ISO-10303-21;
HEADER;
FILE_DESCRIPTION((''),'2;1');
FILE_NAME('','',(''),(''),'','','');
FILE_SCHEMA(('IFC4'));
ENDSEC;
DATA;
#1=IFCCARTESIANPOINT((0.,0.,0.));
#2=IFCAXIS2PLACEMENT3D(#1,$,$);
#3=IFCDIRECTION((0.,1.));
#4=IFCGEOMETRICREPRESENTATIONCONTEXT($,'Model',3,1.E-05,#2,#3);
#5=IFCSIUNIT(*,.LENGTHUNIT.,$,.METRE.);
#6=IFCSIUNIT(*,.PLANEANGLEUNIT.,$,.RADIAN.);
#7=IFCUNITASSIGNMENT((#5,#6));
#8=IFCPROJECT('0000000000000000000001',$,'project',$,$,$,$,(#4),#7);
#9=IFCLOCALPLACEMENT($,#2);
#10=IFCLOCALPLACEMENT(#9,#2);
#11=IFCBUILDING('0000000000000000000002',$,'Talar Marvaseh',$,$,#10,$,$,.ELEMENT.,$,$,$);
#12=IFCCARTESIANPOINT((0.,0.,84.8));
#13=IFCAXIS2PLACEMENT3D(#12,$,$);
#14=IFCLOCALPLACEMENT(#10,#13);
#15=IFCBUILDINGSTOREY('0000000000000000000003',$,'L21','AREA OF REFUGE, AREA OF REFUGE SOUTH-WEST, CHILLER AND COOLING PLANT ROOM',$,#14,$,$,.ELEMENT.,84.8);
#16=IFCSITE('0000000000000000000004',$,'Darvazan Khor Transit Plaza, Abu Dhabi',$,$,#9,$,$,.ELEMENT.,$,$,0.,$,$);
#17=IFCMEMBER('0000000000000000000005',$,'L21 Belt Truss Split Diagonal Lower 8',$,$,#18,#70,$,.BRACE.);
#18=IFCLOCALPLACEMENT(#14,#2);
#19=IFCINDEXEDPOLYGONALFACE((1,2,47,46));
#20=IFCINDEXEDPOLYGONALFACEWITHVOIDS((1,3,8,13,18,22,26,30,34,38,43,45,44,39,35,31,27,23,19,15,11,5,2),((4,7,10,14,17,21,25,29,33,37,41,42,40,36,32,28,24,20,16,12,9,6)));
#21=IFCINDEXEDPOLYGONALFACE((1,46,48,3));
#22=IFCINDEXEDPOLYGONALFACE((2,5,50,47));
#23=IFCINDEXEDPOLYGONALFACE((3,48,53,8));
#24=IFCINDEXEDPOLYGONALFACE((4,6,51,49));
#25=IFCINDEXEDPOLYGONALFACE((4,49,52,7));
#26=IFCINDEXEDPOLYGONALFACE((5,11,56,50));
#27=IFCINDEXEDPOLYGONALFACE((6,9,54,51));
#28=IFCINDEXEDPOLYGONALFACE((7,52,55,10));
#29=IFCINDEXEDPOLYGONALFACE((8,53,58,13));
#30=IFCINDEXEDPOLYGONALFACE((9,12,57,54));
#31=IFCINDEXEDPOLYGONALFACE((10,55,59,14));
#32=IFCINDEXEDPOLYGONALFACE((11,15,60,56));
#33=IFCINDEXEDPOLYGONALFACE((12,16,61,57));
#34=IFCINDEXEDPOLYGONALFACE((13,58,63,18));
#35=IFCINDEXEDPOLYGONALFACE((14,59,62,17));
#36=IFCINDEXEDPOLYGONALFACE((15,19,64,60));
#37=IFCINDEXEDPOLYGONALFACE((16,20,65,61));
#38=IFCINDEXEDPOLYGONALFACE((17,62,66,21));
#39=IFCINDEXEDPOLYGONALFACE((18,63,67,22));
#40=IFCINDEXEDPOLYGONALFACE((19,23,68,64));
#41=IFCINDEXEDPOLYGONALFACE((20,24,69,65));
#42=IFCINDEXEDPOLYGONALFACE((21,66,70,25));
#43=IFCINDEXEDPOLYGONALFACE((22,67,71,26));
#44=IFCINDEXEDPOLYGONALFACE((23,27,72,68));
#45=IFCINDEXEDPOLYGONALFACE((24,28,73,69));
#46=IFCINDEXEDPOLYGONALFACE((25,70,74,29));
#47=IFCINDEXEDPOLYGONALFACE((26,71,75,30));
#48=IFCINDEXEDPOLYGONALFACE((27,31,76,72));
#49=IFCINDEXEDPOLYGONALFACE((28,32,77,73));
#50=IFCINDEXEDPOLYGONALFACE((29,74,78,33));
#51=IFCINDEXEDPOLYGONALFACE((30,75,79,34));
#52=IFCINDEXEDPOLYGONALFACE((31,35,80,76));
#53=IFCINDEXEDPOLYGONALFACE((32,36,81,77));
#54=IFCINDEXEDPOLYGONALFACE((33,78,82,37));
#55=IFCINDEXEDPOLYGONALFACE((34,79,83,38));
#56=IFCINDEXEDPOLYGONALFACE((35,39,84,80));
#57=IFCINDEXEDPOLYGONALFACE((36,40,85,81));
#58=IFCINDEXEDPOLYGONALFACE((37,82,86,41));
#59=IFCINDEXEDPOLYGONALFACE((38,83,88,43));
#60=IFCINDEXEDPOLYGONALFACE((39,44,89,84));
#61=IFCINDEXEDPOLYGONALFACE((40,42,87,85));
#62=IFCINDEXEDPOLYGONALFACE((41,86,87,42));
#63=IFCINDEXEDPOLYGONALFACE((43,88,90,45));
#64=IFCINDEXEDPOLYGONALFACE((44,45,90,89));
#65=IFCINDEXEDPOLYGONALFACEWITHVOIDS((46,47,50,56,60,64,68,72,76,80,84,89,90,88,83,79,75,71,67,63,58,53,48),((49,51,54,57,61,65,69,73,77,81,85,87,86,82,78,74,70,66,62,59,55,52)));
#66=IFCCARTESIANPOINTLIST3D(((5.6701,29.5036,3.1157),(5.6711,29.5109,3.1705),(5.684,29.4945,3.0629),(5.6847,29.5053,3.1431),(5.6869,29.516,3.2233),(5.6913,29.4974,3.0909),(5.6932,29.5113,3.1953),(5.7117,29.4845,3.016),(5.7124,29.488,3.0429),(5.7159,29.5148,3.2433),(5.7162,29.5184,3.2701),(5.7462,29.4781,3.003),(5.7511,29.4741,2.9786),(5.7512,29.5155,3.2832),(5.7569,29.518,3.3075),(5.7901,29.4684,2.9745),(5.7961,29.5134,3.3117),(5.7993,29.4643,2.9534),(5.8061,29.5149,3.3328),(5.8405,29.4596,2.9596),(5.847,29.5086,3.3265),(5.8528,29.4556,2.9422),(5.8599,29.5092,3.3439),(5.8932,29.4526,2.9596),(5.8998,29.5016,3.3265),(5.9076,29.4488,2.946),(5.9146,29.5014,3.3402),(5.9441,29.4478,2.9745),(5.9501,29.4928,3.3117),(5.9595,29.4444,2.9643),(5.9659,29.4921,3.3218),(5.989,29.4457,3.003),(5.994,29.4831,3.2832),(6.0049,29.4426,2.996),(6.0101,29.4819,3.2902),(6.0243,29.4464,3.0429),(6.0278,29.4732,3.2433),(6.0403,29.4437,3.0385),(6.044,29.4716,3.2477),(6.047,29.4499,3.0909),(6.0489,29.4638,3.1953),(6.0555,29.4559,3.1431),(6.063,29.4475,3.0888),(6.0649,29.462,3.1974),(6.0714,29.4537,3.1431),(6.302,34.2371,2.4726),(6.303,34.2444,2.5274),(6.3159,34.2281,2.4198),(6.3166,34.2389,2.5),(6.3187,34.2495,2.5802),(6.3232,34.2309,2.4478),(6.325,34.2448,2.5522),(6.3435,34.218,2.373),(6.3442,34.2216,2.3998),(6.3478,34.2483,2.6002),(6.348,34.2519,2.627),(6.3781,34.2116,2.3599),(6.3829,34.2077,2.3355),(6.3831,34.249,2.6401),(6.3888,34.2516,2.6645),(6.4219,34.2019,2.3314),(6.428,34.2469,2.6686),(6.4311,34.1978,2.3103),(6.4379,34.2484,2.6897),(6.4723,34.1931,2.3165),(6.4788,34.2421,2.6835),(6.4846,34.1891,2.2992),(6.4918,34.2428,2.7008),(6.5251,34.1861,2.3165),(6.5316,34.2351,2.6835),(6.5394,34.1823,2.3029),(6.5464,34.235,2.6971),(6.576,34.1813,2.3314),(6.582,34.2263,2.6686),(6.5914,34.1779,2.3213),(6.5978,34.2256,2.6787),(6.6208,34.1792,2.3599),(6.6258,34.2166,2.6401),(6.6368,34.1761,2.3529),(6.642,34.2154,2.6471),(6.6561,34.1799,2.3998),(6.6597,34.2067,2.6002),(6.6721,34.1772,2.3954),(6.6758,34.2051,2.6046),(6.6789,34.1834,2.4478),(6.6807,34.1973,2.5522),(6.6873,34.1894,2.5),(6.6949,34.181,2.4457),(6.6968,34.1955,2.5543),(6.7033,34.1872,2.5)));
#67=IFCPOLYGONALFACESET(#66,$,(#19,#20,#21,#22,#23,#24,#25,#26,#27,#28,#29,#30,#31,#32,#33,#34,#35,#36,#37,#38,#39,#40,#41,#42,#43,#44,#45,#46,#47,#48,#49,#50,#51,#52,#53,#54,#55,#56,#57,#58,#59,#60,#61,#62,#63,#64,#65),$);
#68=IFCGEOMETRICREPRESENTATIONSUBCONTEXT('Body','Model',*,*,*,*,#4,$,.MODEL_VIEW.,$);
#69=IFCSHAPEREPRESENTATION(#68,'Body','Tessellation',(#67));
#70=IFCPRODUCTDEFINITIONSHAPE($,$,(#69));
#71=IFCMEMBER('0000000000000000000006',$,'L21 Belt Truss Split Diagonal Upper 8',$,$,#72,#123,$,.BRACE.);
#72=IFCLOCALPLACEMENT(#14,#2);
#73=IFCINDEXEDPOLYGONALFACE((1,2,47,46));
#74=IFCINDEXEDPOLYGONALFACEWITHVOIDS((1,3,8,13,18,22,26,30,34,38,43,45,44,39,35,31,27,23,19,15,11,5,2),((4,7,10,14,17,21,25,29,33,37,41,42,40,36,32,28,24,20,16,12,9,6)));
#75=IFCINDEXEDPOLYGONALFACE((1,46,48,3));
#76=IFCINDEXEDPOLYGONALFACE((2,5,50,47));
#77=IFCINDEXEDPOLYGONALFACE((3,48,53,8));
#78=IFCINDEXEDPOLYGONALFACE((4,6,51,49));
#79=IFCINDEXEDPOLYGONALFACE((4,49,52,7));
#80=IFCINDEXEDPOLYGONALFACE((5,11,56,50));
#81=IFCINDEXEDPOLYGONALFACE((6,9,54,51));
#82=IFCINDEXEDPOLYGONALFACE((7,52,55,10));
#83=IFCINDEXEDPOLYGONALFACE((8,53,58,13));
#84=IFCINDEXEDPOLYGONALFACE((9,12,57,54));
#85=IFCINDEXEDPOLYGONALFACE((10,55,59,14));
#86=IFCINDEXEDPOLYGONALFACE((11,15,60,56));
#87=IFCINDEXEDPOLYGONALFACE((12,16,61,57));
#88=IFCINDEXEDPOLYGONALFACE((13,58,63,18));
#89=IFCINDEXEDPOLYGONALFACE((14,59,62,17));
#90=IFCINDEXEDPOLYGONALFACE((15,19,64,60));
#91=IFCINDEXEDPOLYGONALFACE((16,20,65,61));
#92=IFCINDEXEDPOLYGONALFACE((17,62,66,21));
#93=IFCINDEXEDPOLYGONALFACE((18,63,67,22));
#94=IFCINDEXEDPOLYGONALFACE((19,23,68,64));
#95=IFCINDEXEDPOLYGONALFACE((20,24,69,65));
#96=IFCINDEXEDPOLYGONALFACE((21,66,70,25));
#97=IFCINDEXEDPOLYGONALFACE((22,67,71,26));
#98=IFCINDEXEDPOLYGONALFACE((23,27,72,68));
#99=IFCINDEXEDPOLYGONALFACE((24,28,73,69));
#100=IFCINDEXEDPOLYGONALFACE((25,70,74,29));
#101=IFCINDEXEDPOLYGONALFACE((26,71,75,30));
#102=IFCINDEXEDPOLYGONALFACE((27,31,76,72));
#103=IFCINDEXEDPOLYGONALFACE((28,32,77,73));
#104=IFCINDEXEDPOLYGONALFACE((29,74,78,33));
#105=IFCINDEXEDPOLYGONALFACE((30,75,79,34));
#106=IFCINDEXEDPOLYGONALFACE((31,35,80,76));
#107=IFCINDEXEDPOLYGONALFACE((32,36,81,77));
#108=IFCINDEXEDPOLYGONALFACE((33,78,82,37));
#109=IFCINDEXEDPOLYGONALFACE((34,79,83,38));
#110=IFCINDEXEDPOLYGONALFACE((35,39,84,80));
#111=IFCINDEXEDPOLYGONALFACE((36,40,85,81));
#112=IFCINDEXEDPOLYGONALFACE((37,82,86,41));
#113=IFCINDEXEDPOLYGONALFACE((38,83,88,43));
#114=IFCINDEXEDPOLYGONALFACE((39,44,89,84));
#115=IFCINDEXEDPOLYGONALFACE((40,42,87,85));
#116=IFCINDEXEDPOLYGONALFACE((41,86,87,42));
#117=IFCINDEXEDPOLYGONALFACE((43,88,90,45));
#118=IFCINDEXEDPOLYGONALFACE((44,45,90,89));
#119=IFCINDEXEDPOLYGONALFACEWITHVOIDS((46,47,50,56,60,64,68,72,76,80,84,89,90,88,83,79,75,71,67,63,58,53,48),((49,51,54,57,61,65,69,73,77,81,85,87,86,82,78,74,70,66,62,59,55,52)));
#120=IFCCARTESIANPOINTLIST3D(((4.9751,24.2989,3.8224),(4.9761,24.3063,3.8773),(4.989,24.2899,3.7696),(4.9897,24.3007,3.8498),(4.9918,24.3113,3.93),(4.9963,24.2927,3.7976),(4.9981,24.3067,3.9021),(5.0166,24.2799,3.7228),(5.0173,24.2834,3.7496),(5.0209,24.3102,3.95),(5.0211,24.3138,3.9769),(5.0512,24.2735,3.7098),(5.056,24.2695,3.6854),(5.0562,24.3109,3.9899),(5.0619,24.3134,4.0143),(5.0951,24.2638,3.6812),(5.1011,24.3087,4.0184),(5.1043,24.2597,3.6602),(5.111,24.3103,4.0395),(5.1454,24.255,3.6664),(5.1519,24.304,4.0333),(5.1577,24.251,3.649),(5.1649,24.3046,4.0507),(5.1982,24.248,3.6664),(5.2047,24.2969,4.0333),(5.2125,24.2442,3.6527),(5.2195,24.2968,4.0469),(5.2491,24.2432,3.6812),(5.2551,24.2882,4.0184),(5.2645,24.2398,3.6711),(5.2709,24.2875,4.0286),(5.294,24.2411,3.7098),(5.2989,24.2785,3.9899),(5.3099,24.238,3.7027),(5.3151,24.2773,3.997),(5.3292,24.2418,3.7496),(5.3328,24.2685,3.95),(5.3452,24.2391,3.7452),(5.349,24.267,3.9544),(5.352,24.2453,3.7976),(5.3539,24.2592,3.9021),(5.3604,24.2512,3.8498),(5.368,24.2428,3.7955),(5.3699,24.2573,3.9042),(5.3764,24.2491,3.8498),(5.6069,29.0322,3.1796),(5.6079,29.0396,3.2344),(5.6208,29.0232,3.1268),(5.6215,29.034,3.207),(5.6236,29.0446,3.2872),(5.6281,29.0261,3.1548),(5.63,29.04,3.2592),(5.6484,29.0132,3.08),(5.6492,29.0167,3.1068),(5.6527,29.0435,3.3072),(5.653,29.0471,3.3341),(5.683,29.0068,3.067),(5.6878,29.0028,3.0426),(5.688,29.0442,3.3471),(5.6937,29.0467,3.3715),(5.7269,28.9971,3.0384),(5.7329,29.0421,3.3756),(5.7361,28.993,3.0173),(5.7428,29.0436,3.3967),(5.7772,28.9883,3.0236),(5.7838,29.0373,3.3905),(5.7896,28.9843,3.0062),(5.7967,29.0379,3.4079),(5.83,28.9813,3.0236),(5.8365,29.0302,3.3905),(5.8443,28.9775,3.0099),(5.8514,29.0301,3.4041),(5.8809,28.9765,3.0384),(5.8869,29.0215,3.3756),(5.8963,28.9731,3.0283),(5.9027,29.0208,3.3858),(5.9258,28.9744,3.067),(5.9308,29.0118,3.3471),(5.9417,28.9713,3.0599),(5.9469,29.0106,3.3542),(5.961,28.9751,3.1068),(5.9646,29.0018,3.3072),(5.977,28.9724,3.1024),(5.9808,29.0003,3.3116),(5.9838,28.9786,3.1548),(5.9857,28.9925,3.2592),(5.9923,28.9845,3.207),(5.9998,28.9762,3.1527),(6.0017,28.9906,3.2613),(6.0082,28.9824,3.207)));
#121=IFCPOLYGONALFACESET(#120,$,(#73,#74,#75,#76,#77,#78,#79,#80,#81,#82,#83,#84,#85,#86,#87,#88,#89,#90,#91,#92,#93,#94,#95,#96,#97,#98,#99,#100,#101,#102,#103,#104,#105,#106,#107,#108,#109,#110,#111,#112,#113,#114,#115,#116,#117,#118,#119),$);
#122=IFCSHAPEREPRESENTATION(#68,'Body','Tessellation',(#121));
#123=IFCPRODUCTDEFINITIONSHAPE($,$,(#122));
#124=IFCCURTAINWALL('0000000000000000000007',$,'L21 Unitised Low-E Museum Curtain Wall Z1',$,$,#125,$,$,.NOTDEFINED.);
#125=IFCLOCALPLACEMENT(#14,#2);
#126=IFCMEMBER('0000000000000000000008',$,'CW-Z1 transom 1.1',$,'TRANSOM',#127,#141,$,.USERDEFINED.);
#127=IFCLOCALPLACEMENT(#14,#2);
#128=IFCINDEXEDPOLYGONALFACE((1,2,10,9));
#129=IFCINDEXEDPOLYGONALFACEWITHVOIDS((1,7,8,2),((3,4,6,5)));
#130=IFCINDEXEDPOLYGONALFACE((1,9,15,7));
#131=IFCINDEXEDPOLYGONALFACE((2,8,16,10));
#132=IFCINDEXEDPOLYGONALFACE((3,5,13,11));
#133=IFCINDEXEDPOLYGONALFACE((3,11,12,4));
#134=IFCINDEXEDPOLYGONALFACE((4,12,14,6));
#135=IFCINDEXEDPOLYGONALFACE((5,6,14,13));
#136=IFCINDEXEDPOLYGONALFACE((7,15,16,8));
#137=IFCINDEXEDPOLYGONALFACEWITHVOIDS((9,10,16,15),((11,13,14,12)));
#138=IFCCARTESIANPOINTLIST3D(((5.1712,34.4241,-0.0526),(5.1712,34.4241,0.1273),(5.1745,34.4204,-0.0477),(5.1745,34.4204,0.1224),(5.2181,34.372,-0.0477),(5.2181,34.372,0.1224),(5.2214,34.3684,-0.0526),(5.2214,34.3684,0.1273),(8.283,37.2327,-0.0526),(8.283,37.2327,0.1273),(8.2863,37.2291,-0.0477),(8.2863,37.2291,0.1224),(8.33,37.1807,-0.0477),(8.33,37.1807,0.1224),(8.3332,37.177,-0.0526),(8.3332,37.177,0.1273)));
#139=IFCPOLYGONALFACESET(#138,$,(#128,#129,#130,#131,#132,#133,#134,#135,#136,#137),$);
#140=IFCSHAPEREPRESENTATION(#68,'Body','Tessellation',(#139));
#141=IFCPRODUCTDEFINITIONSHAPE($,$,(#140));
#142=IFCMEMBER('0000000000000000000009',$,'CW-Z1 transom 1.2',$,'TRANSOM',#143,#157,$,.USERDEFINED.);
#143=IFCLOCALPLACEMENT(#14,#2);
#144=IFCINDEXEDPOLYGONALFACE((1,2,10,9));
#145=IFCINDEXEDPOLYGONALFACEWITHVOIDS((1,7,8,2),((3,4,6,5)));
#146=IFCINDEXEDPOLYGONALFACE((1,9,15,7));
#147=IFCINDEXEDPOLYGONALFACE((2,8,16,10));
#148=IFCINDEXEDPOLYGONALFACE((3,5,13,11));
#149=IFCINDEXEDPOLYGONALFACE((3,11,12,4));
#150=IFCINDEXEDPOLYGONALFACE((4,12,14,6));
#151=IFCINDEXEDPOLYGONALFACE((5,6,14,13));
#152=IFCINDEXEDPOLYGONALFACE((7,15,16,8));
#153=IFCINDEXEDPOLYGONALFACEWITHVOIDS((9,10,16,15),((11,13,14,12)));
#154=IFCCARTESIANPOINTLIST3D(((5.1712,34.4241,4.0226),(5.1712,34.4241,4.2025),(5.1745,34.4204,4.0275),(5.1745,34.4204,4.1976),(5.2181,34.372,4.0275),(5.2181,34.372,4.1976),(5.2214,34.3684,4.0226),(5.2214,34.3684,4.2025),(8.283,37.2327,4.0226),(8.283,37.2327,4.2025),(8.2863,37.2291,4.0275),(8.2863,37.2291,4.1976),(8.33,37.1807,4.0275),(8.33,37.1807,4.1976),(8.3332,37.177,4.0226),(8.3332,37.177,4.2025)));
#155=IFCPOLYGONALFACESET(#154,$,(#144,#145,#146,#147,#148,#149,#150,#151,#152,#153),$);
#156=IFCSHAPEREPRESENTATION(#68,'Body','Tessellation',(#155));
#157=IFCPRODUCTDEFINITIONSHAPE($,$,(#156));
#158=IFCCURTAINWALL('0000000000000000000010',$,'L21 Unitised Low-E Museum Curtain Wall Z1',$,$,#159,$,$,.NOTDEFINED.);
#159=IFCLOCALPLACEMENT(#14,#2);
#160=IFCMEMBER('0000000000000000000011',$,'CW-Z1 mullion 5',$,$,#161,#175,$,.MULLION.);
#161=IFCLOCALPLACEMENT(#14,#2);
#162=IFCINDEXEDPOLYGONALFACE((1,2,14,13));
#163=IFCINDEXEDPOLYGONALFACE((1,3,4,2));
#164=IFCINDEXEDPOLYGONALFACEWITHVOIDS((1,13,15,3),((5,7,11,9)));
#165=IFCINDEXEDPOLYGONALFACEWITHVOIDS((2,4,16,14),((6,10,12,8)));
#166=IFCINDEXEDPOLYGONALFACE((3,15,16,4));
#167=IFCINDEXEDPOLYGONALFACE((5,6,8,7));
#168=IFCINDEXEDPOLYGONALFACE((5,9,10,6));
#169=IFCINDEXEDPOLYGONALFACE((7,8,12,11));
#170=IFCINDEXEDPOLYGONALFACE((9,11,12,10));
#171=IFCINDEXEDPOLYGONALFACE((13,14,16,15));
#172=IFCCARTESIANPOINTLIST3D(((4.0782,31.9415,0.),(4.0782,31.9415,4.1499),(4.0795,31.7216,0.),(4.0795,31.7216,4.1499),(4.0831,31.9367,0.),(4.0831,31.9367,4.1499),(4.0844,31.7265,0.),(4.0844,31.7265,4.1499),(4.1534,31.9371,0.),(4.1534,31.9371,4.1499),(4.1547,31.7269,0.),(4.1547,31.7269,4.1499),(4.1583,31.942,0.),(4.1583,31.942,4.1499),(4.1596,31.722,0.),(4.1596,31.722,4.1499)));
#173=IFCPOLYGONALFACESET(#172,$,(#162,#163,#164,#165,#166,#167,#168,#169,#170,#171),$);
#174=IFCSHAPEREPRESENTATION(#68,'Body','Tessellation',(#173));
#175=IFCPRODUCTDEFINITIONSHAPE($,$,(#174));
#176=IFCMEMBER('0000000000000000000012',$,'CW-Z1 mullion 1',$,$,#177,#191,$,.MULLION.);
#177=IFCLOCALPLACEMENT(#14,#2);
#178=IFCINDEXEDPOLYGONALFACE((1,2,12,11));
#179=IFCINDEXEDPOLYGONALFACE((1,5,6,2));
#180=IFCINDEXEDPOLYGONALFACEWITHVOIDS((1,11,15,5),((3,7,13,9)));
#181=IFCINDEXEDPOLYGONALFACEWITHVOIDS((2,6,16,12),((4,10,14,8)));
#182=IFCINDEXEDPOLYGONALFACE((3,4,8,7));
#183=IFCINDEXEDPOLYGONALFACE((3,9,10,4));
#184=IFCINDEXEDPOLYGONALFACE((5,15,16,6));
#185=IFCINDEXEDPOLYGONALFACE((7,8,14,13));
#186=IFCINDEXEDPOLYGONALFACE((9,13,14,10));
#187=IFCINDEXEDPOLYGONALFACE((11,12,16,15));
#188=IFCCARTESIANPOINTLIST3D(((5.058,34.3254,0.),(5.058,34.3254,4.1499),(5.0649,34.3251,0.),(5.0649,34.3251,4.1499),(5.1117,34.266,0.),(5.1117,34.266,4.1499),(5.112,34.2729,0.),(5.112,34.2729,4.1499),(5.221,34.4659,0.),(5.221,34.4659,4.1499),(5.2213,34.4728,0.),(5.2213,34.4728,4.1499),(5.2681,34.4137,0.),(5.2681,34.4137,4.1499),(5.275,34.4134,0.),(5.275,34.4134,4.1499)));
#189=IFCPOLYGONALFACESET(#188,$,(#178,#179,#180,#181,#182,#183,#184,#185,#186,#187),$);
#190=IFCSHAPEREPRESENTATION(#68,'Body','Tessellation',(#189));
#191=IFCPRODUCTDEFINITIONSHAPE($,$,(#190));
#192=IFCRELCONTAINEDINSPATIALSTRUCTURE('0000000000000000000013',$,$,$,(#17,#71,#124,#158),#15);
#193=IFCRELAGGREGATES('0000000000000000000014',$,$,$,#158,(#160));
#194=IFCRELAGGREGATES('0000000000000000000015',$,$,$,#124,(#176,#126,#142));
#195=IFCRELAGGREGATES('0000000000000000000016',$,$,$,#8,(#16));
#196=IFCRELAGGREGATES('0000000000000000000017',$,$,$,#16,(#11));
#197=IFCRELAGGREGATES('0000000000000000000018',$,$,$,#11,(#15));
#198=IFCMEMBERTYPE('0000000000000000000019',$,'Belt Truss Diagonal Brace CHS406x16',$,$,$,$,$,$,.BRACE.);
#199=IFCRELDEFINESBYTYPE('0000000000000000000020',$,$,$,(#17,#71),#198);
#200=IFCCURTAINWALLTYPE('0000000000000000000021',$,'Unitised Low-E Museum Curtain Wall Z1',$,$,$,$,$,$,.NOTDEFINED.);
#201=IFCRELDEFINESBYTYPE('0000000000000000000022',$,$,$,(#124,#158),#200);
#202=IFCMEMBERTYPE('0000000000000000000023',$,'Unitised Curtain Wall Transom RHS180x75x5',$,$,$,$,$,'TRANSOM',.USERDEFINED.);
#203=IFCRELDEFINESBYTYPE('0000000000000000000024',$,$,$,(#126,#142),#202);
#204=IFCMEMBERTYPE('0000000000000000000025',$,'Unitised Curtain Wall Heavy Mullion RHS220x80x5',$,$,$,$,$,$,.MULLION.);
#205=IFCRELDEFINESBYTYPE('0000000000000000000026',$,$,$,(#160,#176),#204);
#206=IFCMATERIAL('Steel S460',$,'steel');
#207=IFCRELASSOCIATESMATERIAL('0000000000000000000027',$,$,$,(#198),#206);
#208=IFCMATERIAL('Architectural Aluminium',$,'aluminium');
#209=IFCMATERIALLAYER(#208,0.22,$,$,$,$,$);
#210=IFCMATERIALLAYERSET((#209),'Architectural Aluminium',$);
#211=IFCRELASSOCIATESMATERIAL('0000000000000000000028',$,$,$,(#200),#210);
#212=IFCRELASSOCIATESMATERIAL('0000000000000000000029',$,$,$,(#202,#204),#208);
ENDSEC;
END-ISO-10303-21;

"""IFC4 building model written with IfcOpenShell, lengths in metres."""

from ifc_helpers import new_model, si_unit, direction, frame, origin, origin_2d, place, context, subcontext, project, spatial, hollow_rectangle, hollow_circle, extrude, source, transform, mapped, material, layer, layer_set, material_profile, profile_set, type_object, type_shapes, element, aggregate, save


model = new_model("IFC4")

# Units and contexts
model_context = context("Model", 3, precision=1e-05, world=origin(), true_north=direction((0.0, 1.0)))
body_context = subcontext(model_context, "Body", "Model", "MODEL_VIEW")
ifc_project = project(units=[si_unit("LENGTHUNIT", "METRE"), si_unit("PLANEANGLEUNIT", "RADIAN")], contexts=[model_context])

# Site, building, storey
site_placement = place(None, origin())
site = spatial("IfcSite", under=ifc_project, at=site_placement, Name="Darvazan Khor Transit Plaza, Abu Dhabi", CompositionType="ELEMENT", RefElevation=0.0)
building_placement = place(site_placement, origin())
building = spatial("IfcBuilding", under=site, at=building_placement, Name="Talar Marvaseh", CompositionType="ELEMENT")
storey_placement = place(building_placement, frame((0.0, 0.0, 84.8)))
storey = spatial("IfcBuildingStorey", under=building, at=storey_placement, Name="L21", Description="AREA OF REFUGE, AREA OF REFUGE SOUTH-WEST, CHILLER AND COOLING PLANT ROOM", CompositionType="ELEMENT", Elevation=84.8)

# Shared definitions
ifc_material_1 = material(Name="Steel S460", Category="steel")

# Members
ifc_material_profile_1 = material_profile(ifc_material_1, hollow_circle(Radius=0.2031, WallThickness=0.0161, at=origin_2d()), Name="CHS406x16")
ifc_profile_set_1 = profile_set([ifc_material_profile_1], Name="Steel S460")
member_type_1 = type_object("IfcMemberType", Name="Belt Truss Diagonal Brace CHS406x16", PredefinedType="BRACE", material=ifc_profile_set_1)
shared_shape_1 = source(origin(), body_context, "Body", "SweptSolid", [
    extrude(hollow_circle(Radius=0.2031, WallThickness=0.0161, at=origin_2d()), origin(), (0.0, 0.0, 1.0), 4.8186),
])
member_1_placement = place(storey_placement, frame((6.502, 34.2141, 2.5), z_axis=(-0.131127, -0.982341, 0.133458), x_axis=(0.991208, -0.132311, 0.0)))
element("IfcMember", 1, at=member_1_placement, inside=storey, type_object=member_type_1, Name="L21 Belt Truss Split Diagonal Lower 8", PredefinedType="BRACE", context=body_context, shape_type="MappedRepresentation", body=[
    mapped(shared_shape_1, transform((0.0, 0.0, 0.0), x_axis=(1.0, 0.0, 0.0), y_axis=(0.0, 1.0, 0.0), z_axis=(0.0, 0.0, 1.0), scale=1.0)),
])
shared_shape_2 = source(origin(), body_context, "Body", "SweptSolid", [
    extrude(hollow_circle(Radius=0.2031, WallThickness=0.0161, at=origin_2d()), origin(), (0.0, 0.0, 1.0), 4.8184),
])
member_2_placement = place(storey_placement, frame((5.8069, 29.0093, 3.207), z_axis=(-0.131128, -0.982348, 0.133408), x_axis=(0.991208, -0.132311, 0.0)))
element("IfcMember", 2, at=member_2_placement, inside=storey, type_object=member_type_1, Name="L21 Belt Truss Split Diagonal Upper 8", PredefinedType="BRACE", context=body_context, shape_type="MappedRepresentation", body=[
    mapped(shared_shape_2, transform((0.0, 0.0, 0.0), x_axis=(1.0, 0.0, 0.0), y_axis=(0.0, 1.0, 0.0), z_axis=(0.0, 0.0, 1.0), scale=1.0)),
])

# Curtain wall, members
ifc_material_2 = material(Name="Architectural Aluminium", Category="aluminium")
ifc_layer_1 = layer(ifc_material_2, 0.22)
ifc_layer_set_1 = layer_set([ifc_layer_1], Name="Architectural Aluminium")
curtain_wall_type = type_object("IfcCurtainWallType", Name="Unitised Low-E Museum Curtain Wall Z1", PredefinedType="NOTDEFINED", material=ifc_layer_set_1)
curtain_wall_1_placement = place(storey_placement, origin())
curtain_wall_1 = element("IfcCurtainWall", 3, at=curtain_wall_1_placement, inside=storey, type_object=curtain_wall_type, Name="L21 Unitised Low-E Museum Curtain Wall Z1", PredefinedType="NOTDEFINED")
ifc_material_profile_2 = material_profile(ifc_material_2, hollow_rectangle(XDim=0.075, YDim=0.1799, WallThickness=0.0049, at=origin_2d()), Name="RHS180x75x5")
ifc_profile_set_2 = profile_set([ifc_material_profile_2], Name="Architectural Aluminium")
member_type_2 = type_object("IfcMemberType", Name="Unitised Curtain Wall Transom RHS180x75x5", ElementType="TRANSOM", PredefinedType="USERDEFINED", material=ifc_profile_set_2)
shared_shape_3 = source(origin(), body_context, "Body", "SweptSolid", [
    extrude(hollow_rectangle(XDim=0.075, YDim=0.1799, WallThickness=0.0049, at=origin_2d()), origin(), (0.0, 0.0, 1.0), 4.1919),
])
type_shapes(member_type_2, [shared_shape_3])
member_3_placement = place(storey_placement, frame((5.1963, 34.3962, 0.0374), z_axis=(0.742349, 0.670013, 0.0), x_axis=(-0.670013, 0.742349, 0.0)))
member_3 = element("IfcMember", 4, at=member_3_placement, type_object=member_type_2, Name="CW-Z1 transom 1.1", ObjectType="TRANSOM", PredefinedType="USERDEFINED", context=body_context, shape_type="MappedRepresentation", body=[
    mapped(shared_shape_3, transform((0.0, 0.0, 0.0), x_axis=(1.0, 0.0, 0.0), y_axis=(0.0, 1.0, 0.0), z_axis=(0.0, 0.0, 1.0), scale=1.0)),
])
member_4_placement = place(storey_placement, frame((5.1963, 34.3962, 4.1125), z_axis=(0.742349, 0.670013, 0.0), x_axis=(-0.670013, 0.742349, 0.0)))
member_4 = element("IfcMember", 5, at=member_4_placement, type_object=member_type_2, Name="CW-Z1 transom 1.2", ObjectType="TRANSOM", PredefinedType="USERDEFINED", context=body_context, shape_type="MappedRepresentation", body=[
    mapped(shared_shape_3, transform((0.0, 0.0, 0.0), x_axis=(1.0, 0.0, 0.0), y_axis=(0.0, 1.0, 0.0), z_axis=(0.0, 0.0, 1.0), scale=1.0)),
])

# Curtain wall, member
curtain_wall_2_placement = place(storey_placement, origin())
curtain_wall_2 = element("IfcCurtainWall", 6, at=curtain_wall_2_placement, inside=storey, type_object=curtain_wall_type, Name="L21 Unitised Low-E Museum Curtain Wall Z1", PredefinedType="NOTDEFINED")
ifc_material_profile_3 = material_profile(ifc_material_2, hollow_rectangle(XDim=0.0801, YDim=0.22, WallThickness=0.0049, at=origin_2d()), Name="RHS220x80x5")
ifc_profile_set_3 = profile_set([ifc_material_profile_3], Name="Architectural Aluminium")
member_type_3 = type_object("IfcMemberType", Name="Unitised Curtain Wall Heavy Mullion RHS220x80x5", PredefinedType="MULLION", material=ifc_profile_set_3)
shared_shape_4 = source(origin(), body_context, "Body", "SweptSolid", [
    extrude(hollow_rectangle(XDim=0.0801, YDim=0.22, WallThickness=0.0049, at=origin_2d()), origin(), (0.0, 0.0, 1.0), 4.1499),
])
type_shapes(member_type_3, [shared_shape_4])
member_5_placement = place(storey_placement, frame((4.1189, 31.8318, 0.0), z_axis=(0.0, 0.0, 1.0), x_axis=(-0.999982, -0.006042, 0.0)))
member_5 = element("IfcMember", 7, at=member_5_placement, type_object=member_type_3, Name="CW-Z1 mullion 5", PredefinedType="MULLION", context=body_context, shape_type="MappedRepresentation", body=[
    mapped(shared_shape_4, transform((0.0, 0.0, 0.0), x_axis=(1.0, 0.0, 0.0), y_axis=(0.0, 1.0, 0.0), z_axis=(0.0, 0.0, 1.0), scale=1.0)),
])

# Member
member_6_placement = place(storey_placement, frame((5.1665, 34.3694, 0.0), z_axis=(0.0, 0.0, 1.0), x_axis=(-0.670011, 0.742351, 0.0)))
member_6 = element("IfcMember", 8, at=member_6_placement, type_object=member_type_3, Name="CW-Z1 mullion 1", PredefinedType="MULLION", context=body_context, shape_type="MappedRepresentation", body=[
    mapped(shared_shape_4, transform((0.0, 0.0, 0.0), x_axis=(1.0, 0.0, 0.0), y_axis=(0.0, 1.0, 0.0), z_axis=(0.0, 0.0, 1.0), scale=1.0)),
])

aggregate(curtain_wall_2, [member_5])
aggregate(curtain_wall_1, [member_6, member_3, member_4])

save(model, "model.ifc")
